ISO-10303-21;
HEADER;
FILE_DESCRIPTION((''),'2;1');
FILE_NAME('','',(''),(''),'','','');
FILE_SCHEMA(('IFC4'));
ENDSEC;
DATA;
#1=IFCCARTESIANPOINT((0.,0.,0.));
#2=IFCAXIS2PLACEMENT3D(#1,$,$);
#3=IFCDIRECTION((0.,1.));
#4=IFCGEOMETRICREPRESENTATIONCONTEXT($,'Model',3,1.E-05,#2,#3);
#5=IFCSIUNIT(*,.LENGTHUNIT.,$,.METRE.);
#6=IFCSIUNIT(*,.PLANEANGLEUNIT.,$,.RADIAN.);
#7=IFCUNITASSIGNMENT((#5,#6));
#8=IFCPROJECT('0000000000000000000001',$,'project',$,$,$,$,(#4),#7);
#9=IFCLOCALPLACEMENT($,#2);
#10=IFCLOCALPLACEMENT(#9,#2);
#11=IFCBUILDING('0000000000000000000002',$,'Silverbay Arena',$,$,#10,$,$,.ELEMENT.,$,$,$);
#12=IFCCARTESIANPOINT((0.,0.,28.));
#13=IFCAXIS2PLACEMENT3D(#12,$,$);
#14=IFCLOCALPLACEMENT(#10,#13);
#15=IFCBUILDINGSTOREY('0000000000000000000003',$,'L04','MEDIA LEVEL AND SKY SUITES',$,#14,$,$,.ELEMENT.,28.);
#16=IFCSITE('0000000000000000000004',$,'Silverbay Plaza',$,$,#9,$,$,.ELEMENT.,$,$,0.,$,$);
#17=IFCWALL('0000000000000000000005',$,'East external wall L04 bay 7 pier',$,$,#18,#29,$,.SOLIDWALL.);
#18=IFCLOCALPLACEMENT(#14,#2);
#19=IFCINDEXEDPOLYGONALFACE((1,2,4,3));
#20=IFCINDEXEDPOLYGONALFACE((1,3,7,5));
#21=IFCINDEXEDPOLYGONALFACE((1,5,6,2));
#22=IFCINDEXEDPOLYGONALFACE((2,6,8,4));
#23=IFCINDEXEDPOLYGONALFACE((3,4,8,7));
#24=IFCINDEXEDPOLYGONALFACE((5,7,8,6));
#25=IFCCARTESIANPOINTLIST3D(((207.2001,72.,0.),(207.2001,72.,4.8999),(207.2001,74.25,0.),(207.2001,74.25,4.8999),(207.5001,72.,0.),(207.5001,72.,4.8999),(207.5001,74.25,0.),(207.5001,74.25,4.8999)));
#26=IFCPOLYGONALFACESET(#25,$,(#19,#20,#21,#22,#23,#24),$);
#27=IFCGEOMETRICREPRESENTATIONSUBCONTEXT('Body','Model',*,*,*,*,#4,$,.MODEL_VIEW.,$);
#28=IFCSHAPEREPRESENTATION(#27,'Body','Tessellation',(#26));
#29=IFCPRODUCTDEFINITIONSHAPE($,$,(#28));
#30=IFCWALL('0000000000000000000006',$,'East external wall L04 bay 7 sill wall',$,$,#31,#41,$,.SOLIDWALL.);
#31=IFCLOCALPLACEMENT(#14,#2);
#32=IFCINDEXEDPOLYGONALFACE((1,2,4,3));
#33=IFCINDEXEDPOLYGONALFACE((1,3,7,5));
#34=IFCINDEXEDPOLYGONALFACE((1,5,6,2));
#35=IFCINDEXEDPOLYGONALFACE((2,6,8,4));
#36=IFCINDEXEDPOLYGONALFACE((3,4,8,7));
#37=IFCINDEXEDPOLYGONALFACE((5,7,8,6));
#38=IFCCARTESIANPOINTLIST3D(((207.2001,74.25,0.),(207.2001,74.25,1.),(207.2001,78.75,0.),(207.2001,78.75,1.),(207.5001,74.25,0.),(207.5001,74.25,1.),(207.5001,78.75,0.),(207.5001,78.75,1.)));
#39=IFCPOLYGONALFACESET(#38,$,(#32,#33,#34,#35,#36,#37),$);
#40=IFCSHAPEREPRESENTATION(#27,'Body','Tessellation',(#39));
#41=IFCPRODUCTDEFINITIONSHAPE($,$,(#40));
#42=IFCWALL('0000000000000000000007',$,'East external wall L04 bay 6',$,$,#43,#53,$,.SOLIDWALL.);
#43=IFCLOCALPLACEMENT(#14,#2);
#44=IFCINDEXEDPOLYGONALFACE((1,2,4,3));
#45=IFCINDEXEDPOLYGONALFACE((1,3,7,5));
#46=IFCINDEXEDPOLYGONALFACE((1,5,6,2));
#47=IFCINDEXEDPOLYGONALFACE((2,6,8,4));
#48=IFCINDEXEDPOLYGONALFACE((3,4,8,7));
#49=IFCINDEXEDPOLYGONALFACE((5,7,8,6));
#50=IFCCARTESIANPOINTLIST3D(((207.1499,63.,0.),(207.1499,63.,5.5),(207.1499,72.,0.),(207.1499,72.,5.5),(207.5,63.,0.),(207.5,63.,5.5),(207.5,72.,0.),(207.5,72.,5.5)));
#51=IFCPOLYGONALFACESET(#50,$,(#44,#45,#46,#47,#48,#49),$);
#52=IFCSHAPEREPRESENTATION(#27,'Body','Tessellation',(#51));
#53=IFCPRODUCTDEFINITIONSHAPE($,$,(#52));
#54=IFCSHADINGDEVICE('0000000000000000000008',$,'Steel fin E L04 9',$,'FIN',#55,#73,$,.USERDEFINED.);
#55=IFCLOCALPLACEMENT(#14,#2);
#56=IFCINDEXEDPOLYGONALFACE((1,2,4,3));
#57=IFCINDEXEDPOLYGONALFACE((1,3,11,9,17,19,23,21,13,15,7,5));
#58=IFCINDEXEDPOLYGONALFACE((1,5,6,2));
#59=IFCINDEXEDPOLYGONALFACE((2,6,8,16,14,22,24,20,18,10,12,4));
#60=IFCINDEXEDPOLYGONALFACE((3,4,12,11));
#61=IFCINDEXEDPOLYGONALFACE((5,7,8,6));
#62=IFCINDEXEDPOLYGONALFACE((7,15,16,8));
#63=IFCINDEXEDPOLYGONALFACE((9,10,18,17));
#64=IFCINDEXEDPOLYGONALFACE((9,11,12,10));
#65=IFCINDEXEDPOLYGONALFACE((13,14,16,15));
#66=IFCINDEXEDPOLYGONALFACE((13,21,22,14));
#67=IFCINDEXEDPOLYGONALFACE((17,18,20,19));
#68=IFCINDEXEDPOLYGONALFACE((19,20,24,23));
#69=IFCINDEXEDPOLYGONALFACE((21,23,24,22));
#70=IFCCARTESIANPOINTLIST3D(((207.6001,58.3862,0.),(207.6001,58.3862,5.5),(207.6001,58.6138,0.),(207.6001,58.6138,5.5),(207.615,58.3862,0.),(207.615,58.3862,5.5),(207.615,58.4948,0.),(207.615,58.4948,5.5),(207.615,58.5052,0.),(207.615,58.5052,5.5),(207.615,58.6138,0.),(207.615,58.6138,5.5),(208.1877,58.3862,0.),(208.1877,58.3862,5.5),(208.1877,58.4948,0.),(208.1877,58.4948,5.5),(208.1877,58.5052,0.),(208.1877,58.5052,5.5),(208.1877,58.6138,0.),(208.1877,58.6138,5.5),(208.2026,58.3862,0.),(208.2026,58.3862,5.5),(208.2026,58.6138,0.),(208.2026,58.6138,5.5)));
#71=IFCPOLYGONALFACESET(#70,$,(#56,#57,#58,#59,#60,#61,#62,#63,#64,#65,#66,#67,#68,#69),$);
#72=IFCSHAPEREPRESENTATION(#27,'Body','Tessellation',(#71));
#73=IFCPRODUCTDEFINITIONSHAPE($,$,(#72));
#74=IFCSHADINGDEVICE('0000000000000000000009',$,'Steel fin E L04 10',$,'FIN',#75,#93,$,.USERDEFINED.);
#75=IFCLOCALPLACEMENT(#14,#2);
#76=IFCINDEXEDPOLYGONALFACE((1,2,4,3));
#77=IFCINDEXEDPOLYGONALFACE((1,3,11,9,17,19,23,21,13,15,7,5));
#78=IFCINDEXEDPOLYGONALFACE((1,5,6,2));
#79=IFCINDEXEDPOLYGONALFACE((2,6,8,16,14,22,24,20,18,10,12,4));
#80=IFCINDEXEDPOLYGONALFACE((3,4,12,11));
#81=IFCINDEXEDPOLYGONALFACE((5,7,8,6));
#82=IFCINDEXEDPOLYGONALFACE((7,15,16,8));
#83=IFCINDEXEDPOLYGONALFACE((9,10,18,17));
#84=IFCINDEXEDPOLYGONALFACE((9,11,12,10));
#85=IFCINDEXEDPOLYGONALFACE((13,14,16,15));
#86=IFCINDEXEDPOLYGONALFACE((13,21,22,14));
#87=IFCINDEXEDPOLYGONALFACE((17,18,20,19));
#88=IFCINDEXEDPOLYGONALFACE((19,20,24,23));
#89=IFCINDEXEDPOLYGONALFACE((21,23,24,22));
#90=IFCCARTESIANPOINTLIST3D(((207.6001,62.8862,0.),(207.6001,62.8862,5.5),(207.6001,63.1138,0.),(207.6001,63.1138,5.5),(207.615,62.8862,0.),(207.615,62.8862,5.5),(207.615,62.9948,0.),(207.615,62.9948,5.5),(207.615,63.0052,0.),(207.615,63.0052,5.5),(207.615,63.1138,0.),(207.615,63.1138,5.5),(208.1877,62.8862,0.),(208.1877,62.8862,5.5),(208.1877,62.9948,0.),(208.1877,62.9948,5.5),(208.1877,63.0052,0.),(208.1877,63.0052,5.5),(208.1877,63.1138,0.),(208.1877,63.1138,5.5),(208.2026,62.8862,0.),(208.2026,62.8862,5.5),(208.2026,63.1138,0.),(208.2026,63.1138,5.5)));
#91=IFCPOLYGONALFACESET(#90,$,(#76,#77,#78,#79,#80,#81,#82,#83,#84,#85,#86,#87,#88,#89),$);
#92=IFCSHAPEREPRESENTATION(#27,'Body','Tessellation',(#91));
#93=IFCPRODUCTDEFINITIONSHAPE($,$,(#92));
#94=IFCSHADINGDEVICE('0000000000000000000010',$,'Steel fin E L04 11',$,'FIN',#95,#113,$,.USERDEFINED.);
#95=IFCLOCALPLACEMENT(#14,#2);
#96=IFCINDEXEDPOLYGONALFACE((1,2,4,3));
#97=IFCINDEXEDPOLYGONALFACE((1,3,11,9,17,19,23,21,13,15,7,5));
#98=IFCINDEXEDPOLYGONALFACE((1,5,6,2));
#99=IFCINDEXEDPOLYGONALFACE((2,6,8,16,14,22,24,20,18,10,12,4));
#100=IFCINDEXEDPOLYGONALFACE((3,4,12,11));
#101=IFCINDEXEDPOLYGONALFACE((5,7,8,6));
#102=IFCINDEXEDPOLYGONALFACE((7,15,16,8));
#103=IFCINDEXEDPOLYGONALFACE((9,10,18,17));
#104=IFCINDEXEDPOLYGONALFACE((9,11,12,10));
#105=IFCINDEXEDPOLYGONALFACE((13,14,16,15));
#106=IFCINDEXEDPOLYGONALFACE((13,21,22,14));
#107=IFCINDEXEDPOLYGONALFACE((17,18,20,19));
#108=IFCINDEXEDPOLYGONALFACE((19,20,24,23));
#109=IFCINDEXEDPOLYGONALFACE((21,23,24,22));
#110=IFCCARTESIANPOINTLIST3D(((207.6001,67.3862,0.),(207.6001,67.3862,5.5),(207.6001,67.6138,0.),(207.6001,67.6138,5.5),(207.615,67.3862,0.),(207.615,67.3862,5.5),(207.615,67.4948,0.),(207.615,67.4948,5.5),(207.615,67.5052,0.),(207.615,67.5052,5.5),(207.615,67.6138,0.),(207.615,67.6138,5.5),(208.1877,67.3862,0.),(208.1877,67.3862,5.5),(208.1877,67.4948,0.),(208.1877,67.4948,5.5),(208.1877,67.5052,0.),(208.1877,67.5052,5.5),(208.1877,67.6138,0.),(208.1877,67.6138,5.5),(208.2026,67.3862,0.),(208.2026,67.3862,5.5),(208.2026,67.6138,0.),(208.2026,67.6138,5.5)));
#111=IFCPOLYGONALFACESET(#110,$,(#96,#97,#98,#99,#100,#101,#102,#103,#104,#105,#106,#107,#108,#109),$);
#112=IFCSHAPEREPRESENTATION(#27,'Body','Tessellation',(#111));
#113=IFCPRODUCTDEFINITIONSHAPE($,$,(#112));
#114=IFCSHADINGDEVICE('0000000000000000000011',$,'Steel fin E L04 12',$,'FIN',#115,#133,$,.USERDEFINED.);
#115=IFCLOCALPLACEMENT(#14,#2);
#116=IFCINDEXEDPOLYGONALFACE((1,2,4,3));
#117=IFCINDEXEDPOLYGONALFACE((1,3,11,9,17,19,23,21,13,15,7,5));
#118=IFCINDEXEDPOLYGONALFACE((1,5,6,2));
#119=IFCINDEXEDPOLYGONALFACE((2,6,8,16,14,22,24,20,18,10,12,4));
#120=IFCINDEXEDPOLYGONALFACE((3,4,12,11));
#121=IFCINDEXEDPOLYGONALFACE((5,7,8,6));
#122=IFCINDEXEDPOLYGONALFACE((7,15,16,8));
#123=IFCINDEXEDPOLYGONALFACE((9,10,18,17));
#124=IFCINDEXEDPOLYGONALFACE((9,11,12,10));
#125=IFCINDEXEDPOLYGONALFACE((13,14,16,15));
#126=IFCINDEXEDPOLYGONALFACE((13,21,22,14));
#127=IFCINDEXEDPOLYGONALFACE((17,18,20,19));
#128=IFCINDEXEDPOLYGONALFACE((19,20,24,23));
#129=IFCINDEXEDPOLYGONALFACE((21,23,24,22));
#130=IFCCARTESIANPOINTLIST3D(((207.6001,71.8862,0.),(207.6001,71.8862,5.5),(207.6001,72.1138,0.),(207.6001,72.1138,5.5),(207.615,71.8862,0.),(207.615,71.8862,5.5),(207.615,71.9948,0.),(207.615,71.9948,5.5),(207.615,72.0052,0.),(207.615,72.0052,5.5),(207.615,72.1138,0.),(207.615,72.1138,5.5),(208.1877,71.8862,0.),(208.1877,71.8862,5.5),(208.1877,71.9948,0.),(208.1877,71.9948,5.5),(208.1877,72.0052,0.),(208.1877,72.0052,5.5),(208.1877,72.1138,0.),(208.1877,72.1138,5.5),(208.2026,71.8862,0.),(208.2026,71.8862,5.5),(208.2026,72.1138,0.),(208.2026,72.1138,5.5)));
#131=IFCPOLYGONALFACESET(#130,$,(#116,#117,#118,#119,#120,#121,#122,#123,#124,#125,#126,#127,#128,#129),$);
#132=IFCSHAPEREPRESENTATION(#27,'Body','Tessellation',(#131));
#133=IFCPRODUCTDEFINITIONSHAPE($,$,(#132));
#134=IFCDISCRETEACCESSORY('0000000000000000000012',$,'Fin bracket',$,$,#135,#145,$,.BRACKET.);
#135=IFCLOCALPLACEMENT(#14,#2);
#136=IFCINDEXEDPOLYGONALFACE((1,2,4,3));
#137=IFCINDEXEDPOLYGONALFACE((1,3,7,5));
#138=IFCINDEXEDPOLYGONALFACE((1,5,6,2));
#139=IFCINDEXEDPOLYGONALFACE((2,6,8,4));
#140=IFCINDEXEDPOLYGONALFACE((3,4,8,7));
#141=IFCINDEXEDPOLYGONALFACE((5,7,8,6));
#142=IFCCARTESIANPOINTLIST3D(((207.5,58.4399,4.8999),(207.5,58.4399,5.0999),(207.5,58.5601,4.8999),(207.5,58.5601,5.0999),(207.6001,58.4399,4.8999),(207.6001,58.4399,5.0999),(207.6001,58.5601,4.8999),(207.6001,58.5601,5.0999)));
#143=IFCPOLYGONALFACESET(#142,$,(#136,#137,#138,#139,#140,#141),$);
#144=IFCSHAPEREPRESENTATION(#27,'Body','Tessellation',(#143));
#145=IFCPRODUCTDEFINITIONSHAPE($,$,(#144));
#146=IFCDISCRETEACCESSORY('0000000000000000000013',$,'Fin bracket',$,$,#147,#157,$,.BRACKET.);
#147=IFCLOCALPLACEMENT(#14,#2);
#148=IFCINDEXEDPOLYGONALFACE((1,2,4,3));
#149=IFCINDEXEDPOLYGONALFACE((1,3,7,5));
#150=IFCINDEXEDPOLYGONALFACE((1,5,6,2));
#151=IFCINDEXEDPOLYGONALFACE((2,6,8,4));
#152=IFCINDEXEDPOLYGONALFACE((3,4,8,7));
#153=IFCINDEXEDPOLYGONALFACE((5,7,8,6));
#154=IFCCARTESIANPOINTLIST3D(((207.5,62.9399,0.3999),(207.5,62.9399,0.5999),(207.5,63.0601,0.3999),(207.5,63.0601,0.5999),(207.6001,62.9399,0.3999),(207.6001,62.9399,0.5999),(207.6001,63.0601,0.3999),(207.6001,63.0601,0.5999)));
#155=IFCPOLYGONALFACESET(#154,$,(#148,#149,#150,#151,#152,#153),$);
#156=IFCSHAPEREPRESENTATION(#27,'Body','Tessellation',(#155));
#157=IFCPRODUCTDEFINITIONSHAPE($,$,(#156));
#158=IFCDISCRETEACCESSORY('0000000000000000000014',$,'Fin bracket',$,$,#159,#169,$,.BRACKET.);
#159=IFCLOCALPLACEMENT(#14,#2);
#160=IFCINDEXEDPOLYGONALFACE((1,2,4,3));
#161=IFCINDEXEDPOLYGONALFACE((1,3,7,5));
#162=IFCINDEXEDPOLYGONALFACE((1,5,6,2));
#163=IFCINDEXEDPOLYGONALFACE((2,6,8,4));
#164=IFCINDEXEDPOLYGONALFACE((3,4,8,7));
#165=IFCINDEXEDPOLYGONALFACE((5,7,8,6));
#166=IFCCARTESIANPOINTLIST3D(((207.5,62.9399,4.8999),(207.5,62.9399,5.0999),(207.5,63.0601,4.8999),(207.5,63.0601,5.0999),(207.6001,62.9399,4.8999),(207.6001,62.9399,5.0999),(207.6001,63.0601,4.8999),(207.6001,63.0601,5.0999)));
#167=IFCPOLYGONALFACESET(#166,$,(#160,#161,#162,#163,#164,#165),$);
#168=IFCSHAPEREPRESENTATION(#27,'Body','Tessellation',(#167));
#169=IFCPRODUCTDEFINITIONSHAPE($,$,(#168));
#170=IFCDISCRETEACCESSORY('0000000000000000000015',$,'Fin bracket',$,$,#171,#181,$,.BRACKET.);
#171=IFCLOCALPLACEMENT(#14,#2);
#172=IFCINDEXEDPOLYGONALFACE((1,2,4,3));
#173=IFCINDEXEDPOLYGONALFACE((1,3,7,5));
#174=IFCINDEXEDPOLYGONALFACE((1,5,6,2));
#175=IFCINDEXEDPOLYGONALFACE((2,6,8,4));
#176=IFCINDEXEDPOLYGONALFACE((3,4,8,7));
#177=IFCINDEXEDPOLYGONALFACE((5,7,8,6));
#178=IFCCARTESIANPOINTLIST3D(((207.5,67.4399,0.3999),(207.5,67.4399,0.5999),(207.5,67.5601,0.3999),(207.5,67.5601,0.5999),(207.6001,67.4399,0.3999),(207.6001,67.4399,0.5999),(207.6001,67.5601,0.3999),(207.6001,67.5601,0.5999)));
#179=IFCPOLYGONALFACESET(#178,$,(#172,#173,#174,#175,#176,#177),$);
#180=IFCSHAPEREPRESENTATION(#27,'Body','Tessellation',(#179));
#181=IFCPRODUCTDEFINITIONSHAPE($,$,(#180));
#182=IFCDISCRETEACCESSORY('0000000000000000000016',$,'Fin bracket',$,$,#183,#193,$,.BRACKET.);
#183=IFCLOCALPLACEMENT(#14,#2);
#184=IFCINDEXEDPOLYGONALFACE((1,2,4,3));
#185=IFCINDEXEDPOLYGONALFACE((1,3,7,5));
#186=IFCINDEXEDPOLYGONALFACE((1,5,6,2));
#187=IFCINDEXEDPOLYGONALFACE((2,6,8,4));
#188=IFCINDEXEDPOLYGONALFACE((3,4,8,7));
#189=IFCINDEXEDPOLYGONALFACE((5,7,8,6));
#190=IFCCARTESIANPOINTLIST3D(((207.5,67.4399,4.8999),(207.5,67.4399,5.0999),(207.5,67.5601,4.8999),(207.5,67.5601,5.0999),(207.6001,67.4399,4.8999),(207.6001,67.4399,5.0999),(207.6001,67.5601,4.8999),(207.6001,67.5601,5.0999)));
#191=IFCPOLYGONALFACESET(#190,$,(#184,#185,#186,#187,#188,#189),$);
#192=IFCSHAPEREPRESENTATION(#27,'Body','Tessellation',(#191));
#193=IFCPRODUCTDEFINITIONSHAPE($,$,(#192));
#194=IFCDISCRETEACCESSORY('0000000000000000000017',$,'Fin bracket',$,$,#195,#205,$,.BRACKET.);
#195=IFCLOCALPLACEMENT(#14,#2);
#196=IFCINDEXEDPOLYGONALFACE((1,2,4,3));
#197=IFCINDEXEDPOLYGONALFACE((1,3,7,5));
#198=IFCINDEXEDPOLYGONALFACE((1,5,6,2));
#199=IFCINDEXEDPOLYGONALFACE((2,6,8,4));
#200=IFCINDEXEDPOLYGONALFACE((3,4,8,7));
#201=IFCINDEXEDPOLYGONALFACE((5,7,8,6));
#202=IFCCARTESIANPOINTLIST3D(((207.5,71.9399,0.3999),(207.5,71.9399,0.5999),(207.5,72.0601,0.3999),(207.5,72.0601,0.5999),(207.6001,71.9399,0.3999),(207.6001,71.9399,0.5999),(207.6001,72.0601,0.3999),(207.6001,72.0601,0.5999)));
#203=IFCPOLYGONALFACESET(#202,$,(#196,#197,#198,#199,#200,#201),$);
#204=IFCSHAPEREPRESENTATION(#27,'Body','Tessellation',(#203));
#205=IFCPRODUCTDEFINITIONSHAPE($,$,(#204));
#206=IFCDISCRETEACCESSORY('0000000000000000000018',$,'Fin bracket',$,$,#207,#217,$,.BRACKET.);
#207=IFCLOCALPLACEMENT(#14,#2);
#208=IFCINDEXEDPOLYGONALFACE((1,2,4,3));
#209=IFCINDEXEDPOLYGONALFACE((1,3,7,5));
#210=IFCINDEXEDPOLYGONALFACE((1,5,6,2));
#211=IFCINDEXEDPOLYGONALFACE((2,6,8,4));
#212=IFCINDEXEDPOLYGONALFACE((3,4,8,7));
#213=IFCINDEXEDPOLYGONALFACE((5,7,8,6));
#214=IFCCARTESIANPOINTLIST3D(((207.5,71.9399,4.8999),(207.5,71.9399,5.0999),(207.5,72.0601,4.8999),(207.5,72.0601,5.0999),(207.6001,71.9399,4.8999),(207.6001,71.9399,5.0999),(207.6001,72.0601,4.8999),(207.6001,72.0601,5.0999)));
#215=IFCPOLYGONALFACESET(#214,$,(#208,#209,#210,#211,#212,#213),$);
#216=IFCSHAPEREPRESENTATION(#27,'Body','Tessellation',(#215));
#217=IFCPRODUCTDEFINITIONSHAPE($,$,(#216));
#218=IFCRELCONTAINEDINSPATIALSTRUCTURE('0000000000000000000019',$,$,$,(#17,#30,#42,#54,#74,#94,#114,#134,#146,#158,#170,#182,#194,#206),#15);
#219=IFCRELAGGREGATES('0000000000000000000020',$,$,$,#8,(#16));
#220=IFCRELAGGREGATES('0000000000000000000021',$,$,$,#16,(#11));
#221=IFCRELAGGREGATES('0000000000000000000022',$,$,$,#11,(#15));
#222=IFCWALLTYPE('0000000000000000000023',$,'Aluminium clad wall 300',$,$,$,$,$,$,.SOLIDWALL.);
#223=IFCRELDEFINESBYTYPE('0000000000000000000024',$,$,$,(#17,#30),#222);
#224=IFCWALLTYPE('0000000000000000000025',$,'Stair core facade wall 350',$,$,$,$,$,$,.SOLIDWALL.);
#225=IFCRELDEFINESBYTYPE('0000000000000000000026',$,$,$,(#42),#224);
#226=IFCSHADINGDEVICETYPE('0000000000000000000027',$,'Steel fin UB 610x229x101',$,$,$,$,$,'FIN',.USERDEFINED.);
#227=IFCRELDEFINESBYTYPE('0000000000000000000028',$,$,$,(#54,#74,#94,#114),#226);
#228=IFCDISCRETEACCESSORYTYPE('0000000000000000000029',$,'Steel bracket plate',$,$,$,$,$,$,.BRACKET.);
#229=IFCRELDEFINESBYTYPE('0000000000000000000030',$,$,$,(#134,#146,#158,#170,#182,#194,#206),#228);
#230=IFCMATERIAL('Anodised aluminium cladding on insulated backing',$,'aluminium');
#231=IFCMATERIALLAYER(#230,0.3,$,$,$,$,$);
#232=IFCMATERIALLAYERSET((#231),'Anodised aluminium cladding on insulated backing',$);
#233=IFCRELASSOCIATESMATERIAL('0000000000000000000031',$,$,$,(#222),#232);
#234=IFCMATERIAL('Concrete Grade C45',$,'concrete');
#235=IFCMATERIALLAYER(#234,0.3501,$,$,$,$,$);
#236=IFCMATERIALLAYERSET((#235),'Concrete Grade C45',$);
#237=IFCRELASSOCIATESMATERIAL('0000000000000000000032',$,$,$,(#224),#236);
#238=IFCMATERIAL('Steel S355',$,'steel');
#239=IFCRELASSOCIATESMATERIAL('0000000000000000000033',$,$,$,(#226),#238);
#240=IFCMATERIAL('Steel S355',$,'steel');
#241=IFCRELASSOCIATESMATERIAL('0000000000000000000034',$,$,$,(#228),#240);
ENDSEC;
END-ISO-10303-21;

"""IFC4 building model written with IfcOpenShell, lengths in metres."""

from ifc_helpers import new_model, si_unit, direction, frame, frame_2d, origin, origin_2d, place, context, subcontext, project, spatial, rectangle, i_section, extrude, material, layer, layer_set, material_profile, profile_set, type_object, element, save


model = new_model("IFC4")

# Units and contexts
model_context = context("Model", 3, precision=1e-05, world=origin(), true_north=direction((0.0, 1.0)))
body_context = subcontext(model_context, "Body", "Model", "MODEL_VIEW")
ifc_project = project(units=[si_unit("LENGTHUNIT", "METRE"), si_unit("PLANEANGLEUNIT", "RADIAN")], contexts=[model_context])

# Site, building, storey
site_placement = place(None, origin())
site = spatial("IfcSite", under=ifc_project, at=site_placement, Name="Silverbay Plaza", CompositionType="ELEMENT", RefElevation=0.0)
building_placement = place(site_placement, origin())
building = spatial("IfcBuilding", under=site, at=building_placement, Name="Silverbay Arena", CompositionType="ELEMENT")
storey_placement = place(building_placement, frame((0.0, 0.0, 28.0)))
storey = spatial("IfcBuildingStorey", under=building, at=storey_placement, Name="L04", Description="MEDIA LEVEL AND SKY SUITES", CompositionType="ELEMENT", Elevation=28.0)

# Walls
ifc_material_1 = material(Name="Anodised aluminium cladding on insulated backing", Category="aluminium")
ifc_layer_1 = layer(ifc_material_1, 0.3)
ifc_layer_set_1 = layer_set([ifc_layer_1], Name="Anodised aluminium cladding on insulated backing")
wall_type_1 = type_object("IfcWallType", Name="Aluminium clad wall 300", PredefinedType="SOLIDWALL", material=ifc_layer_set_1)
wall_1_placement = place(storey_placement, frame((207.3501, 72.0, 0.0), z_axis=(0.0, 0.0, 1.0), x_axis=(0.0, 1.0, 0.0)))
element("IfcWall", 1, at=wall_1_placement, inside=storey, type_object=wall_type_1, Name="East external wall L04 bay 7 pier", PredefinedType="SOLIDWALL", context=body_context, shape_type="SweptSolid", body=[
    extrude(rectangle(XDim=2.25, YDim=0.3, at=frame_2d((1.125, 0.0))), origin(), (0.0, 0.0, 1.0), 4.8999),
])
wall_2_placement = place(storey_placement, frame((207.3501, 74.25, 0.0), z_axis=(0.0, 0.0, 1.0), x_axis=(0.0, 1.0, 0.0)))
element("IfcWall", 2, at=wall_2_placement, inside=storey, type_object=wall_type_1, Name="East external wall L04 bay 7 sill wall", PredefinedType="SOLIDWALL", context=body_context, shape_type="SweptSolid", body=[
    extrude(rectangle(XDim=4.5, YDim=0.3, at=frame_2d((2.25, 0.0))), origin(), (0.0, 0.0, 1.0), 1.0),
])
ifc_material_2 = material(Name="Concrete Grade C45", Category="concrete")
ifc_layer_2 = layer(ifc_material_2, 0.3501)
ifc_layer_set_2 = layer_set([ifc_layer_2], Name="Concrete Grade C45")
wall_type_2 = type_object("IfcWallType", Name="Stair core facade wall 350", PredefinedType="SOLIDWALL", material=ifc_layer_set_2)
wall_3_placement = place(storey_placement, frame((207.325, 63.0, 0.0), z_axis=(0.0, 0.0, 1.0), x_axis=(0.0, 1.0, 0.0)))
element("IfcWall", 3, at=wall_3_placement, inside=storey, type_object=wall_type_2, Name="East external wall L04 bay 6", PredefinedType="SOLIDWALL", context=body_context, shape_type="SweptSolid", body=[
    extrude(rectangle(XDim=9.0, YDim=0.3501, at=frame_2d((4.5, 0.0))), origin(), (0.0, 0.0, 1.0), 5.5),
])

# Shading devices
ifc_material_3 = material(Name="Steel S355", Category="steel")
ifc_material_profile_1 = material_profile(ifc_material_3, i_section(OverallWidth=0.2275, OverallDepth=0.6025, WebThickness=0.0105, FlangeThickness=0.0149, at=origin_2d()), Name="UB 610x229x101")
ifc_profile_set_1 = profile_set([ifc_material_profile_1], Name="Steel S355")
shading_device_type = type_object("IfcShadingDeviceType", Name="Steel fin UB 610x229x101", ElementType="FIN", PredefinedType="USERDEFINED", material=ifc_profile_set_1)
for number, where, z_axis, x_axis, name in (
    (4, (207.9014, 58.5, 0.0), (0.0, 0.0, 1.0), (0.0, 1.0, 0.0), "Steel fin E L04 9"),
    (5, (207.9014, 63.0, 0.0), (0.0, 0.0, 1.0), (0.0, 1.0, 0.0), "Steel fin E L04 10"),
    (6, (207.9014, 67.5, 0.0), (0.0, 0.0, 1.0), (0.0, 1.0, 0.0), "Steel fin E L04 11"),
    (7, (207.9014, 72.0, 0.0), (0.0, 0.0, 1.0), (0.0, 1.0, 0.0), "Steel fin E L04 12"),
):
    element("IfcShadingDevice", number, at=place(storey_placement, frame(where, z_axis=z_axis, x_axis=x_axis)), inside=storey, type_object=shading_device_type, Name=name, ObjectType="FIN", PredefinedType="USERDEFINED", context=body_context, shape_type="SweptSolid", body=[
        extrude(i_section(OverallWidth=0.2275, OverallDepth=0.6025, WebThickness=0.0105, FlangeThickness=0.0149, at=origin_2d()), origin(), (0.0, 0.0, 1.0), 5.5),
    ])

# Discrete accessories
ifc_material_4 = material(Name="Steel S355", Category="steel")
discrete_accessory_type = type_object("IfcDiscreteAccessoryType", Name="Steel bracket plate", PredefinedType="BRACKET", material=ifc_material_4)
for number, where, z_axis, x_axis, name in (
    (8, (207.55, 58.5, 4.8999), (0.0, 0.0, 1.0), (1.0, 0.0, 0.0), "Fin bracket"),
    (9, (207.55, 63.0, 0.3999), (0.0, 0.0, 1.0), (1.0, 0.0, 0.0), "Fin bracket"),
    (10, (207.55, 63.0, 4.8999), (0.0, 0.0, 1.0), (1.0, 0.0, 0.0), "Fin bracket"),
    (11, (207.55, 67.5, 0.3999), (0.0, 0.0, 1.0), (1.0, 0.0, 0.0), "Fin bracket"),
    (12, (207.55, 67.5, 4.8999), (0.0, 0.0, 1.0), (1.0, 0.0, 0.0), "Fin bracket"),
    (13, (207.55, 72.0, 0.3999), (0.0, 0.0, 1.0), (1.0, 0.0, 0.0), "Fin bracket"),
    (14, (207.55, 72.0, 4.8999), (0.0, 0.0, 1.0), (1.0, 0.0, 0.0), "Fin bracket"),
):
    element("IfcDiscreteAccessory", number, at=place(storey_placement, frame(where, z_axis=z_axis, x_axis=x_axis)), inside=storey, type_object=discrete_accessory_type, Name=name, PredefinedType="BRACKET", context=body_context, shape_type="SweptSolid", body=[
        extrude(rectangle(XDim=0.1001, YDim=0.1201, at=origin_2d()), origin(), (0.0, 0.0, 1.0), 0.2),
    ])

save(model, "model.ifc")
